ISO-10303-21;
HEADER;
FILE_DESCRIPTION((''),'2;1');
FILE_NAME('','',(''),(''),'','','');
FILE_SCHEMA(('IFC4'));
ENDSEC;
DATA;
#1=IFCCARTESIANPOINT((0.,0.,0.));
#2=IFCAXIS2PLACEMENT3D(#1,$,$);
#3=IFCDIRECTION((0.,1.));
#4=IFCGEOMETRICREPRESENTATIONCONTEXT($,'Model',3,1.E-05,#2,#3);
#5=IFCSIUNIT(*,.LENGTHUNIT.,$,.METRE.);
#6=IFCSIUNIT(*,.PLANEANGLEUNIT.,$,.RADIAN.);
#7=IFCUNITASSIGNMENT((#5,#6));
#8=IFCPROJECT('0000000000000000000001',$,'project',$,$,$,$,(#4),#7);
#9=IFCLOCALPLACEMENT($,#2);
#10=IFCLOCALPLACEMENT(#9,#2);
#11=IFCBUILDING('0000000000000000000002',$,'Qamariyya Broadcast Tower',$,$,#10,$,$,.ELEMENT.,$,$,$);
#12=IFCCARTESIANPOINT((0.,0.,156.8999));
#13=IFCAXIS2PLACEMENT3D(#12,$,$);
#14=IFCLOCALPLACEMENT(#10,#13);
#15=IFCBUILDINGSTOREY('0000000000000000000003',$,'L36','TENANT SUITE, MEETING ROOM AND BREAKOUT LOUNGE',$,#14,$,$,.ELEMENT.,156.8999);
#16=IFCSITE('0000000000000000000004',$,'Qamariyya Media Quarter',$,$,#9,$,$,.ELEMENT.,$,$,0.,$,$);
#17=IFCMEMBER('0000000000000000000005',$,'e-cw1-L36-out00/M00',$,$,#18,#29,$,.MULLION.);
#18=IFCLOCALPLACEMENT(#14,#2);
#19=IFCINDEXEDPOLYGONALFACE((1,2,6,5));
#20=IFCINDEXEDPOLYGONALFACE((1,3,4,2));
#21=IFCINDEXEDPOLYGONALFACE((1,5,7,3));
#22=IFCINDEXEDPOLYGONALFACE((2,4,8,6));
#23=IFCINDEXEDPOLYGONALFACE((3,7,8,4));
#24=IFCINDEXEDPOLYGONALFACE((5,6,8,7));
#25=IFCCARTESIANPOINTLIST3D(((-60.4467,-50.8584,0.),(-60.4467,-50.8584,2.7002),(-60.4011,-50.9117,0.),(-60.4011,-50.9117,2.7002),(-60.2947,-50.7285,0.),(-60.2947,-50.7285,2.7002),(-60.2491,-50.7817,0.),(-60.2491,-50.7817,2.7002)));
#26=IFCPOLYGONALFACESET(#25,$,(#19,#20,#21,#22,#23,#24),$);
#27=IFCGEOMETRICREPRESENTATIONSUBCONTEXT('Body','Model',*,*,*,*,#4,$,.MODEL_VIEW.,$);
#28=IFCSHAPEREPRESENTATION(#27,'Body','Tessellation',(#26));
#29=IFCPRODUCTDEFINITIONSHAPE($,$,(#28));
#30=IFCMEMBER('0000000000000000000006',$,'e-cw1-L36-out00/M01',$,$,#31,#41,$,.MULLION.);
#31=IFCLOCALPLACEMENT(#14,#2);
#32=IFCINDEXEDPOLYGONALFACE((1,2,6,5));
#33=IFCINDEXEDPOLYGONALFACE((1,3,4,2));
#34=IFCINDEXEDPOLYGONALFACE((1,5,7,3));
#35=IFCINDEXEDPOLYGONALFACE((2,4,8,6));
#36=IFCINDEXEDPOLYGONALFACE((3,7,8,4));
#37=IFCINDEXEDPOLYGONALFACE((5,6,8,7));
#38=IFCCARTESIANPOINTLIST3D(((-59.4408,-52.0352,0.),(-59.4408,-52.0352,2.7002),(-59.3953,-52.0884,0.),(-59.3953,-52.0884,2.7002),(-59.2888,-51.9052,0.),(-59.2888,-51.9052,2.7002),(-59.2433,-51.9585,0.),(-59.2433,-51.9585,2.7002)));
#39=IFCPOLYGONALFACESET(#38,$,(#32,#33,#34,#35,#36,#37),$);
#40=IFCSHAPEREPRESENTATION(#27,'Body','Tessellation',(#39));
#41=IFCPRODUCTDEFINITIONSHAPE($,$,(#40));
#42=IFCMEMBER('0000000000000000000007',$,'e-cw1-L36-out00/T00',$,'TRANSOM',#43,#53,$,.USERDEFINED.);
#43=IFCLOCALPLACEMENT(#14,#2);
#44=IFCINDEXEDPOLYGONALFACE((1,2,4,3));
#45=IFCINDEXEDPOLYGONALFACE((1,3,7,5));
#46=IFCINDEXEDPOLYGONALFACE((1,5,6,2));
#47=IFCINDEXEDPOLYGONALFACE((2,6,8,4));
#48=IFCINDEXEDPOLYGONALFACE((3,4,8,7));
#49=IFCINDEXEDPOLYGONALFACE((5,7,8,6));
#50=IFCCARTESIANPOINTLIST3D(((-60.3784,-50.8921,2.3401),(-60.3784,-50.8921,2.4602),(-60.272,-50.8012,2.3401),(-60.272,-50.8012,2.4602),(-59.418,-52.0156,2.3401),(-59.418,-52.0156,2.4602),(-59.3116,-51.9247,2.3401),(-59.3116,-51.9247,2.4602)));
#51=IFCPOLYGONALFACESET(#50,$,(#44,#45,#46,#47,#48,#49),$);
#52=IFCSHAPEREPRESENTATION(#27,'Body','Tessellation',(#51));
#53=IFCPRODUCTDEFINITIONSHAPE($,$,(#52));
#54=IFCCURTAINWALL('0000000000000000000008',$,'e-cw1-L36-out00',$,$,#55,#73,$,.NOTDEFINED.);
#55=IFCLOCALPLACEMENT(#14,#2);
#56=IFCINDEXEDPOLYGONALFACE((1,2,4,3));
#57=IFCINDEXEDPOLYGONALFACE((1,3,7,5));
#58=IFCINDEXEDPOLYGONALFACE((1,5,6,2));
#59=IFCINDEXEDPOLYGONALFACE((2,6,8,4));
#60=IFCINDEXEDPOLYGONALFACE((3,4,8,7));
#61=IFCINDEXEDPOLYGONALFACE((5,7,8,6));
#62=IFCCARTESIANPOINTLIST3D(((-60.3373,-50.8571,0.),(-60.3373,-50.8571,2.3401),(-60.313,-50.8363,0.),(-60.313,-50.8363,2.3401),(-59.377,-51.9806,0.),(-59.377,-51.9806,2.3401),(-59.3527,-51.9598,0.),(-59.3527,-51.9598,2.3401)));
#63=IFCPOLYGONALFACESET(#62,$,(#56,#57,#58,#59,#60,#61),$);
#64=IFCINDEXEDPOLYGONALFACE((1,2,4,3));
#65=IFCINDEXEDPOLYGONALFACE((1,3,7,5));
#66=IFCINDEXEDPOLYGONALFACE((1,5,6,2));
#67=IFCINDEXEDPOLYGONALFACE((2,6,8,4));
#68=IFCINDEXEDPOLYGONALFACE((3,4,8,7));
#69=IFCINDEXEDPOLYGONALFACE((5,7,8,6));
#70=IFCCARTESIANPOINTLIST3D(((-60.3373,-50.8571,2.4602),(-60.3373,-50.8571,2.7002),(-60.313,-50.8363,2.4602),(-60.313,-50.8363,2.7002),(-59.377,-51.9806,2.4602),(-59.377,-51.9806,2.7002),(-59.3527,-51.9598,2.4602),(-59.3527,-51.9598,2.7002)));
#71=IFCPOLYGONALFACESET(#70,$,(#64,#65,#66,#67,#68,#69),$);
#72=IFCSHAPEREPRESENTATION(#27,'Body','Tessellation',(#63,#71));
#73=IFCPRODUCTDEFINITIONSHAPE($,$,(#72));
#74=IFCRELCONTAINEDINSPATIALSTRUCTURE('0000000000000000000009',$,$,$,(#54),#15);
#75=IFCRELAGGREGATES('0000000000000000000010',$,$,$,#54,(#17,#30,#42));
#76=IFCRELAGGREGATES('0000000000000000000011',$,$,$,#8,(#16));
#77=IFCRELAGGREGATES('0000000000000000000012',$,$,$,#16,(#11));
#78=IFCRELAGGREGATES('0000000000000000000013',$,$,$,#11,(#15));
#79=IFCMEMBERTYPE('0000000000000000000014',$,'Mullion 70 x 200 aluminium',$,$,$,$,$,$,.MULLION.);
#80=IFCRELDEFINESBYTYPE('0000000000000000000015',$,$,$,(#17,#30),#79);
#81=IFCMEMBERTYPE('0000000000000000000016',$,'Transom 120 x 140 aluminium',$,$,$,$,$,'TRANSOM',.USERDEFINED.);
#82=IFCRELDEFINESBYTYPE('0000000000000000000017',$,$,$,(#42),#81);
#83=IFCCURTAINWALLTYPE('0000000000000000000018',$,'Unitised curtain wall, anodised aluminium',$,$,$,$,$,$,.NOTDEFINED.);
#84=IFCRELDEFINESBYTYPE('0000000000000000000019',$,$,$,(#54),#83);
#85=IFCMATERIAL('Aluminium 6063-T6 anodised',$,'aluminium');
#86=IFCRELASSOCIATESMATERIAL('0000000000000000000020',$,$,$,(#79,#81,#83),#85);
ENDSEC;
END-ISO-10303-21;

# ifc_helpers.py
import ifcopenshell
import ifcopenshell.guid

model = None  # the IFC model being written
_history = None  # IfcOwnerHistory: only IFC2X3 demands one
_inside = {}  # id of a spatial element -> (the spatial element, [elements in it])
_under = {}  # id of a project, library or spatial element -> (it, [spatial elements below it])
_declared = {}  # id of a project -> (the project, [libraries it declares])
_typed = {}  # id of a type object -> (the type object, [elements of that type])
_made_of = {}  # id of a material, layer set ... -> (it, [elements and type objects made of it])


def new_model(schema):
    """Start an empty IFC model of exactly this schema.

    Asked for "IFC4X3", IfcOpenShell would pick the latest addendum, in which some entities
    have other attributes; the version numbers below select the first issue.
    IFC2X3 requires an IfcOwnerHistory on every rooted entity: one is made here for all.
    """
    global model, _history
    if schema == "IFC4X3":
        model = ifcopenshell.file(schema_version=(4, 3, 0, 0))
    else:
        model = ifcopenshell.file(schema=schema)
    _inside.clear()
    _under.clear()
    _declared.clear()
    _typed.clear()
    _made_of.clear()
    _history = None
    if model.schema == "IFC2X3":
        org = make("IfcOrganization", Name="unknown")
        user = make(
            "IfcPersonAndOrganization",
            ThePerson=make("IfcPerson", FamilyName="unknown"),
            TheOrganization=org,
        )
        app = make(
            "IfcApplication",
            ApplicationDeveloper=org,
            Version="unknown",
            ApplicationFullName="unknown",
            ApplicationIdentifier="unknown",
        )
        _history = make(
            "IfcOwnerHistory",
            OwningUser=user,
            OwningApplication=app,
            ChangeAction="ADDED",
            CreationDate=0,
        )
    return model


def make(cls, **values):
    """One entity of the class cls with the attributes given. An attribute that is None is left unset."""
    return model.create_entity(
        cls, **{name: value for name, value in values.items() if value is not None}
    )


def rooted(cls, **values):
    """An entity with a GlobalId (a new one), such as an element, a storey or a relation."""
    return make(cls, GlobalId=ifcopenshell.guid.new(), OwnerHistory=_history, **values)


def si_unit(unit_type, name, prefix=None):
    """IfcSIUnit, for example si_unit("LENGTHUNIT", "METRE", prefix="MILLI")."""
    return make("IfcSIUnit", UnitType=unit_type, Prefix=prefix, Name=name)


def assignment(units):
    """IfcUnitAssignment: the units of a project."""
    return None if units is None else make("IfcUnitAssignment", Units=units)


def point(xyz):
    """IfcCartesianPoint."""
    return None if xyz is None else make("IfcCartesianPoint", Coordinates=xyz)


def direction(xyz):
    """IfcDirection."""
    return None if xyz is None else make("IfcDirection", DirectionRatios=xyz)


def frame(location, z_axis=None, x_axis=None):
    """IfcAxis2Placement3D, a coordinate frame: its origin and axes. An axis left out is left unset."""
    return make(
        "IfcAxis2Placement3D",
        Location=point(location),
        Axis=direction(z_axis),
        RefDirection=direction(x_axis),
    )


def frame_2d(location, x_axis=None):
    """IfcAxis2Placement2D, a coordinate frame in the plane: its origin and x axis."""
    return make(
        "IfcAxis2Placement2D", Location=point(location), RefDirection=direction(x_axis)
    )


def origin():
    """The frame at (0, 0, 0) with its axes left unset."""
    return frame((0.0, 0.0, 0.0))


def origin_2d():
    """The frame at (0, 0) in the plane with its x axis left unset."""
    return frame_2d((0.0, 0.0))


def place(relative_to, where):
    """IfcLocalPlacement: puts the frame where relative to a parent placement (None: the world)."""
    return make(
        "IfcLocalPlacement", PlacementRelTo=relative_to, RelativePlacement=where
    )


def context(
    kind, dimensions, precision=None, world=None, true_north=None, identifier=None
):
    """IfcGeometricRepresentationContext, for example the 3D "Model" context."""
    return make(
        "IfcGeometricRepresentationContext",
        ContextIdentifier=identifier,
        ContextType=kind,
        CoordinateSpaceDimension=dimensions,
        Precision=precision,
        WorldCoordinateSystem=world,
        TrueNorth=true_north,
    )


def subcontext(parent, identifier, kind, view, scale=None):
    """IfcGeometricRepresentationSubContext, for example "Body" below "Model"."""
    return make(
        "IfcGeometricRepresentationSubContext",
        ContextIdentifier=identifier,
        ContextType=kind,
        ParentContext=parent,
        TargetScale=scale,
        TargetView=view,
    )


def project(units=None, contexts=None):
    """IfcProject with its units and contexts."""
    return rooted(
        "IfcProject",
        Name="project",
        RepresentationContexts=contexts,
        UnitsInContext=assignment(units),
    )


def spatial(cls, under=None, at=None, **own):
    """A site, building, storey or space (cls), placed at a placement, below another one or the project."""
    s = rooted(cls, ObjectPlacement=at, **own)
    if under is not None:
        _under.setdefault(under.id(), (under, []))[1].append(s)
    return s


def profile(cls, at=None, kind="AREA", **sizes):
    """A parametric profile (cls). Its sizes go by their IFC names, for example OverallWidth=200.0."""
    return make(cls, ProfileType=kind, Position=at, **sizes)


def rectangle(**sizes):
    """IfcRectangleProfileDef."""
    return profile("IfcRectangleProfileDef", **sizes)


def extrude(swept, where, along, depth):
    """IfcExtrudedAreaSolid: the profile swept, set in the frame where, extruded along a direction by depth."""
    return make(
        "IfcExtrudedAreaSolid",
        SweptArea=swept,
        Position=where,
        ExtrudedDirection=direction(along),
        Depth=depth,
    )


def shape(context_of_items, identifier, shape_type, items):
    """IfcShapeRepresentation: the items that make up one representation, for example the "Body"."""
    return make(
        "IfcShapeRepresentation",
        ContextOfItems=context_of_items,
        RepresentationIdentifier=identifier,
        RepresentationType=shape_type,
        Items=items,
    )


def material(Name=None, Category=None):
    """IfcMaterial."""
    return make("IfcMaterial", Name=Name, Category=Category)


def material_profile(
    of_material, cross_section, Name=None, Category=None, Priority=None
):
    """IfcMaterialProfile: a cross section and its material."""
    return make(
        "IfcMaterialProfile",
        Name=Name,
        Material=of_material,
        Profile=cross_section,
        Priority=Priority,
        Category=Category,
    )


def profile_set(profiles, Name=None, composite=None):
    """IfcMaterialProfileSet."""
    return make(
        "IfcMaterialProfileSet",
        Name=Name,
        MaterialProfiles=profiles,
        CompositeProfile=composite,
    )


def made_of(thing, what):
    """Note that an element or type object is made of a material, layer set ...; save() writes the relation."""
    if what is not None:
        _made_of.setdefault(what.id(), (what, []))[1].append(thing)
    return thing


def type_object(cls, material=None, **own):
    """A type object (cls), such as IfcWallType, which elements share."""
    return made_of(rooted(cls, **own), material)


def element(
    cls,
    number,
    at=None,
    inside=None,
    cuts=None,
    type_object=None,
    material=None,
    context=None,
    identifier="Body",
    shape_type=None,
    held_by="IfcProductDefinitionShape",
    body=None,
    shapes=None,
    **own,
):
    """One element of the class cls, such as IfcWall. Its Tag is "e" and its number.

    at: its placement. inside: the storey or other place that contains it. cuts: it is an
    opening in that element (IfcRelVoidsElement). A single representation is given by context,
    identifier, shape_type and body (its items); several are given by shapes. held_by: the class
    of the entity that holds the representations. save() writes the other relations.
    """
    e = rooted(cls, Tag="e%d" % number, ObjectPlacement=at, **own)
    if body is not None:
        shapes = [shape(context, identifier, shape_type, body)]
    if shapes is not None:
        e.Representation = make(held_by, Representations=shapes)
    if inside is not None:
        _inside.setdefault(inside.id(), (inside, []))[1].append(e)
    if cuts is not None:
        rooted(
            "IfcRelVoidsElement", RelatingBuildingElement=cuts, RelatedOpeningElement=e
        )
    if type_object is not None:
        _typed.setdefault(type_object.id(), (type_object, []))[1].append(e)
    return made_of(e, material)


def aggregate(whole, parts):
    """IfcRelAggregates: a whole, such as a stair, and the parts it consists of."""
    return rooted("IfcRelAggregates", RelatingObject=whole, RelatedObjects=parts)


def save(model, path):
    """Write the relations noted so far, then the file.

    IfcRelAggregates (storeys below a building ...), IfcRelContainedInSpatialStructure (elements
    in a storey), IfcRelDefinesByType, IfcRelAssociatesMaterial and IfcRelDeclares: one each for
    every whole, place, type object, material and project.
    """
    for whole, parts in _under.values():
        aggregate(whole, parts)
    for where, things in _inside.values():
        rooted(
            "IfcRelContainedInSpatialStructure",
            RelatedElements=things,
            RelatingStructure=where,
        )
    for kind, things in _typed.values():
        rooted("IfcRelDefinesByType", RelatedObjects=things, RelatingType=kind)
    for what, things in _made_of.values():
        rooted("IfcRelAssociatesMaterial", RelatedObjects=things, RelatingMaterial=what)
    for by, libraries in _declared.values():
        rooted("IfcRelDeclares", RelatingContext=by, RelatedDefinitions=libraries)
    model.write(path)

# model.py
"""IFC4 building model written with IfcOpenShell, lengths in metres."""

from ifc_helpers import new_model, si_unit, direction, frame, origin, origin_2d, place, context, subcontext, project, spatial, rectangle, extrude, material, material_profile, profile_set, type_object, element, aggregate, save


model = new_model("IFC4")

# Units and contexts
model_context = context("Model", 3, precision=1e-05, world=origin(), true_north=direction((0.0, 1.0)))
body_context = subcontext(model_context, "Body", "Model", "MODEL_VIEW")
ifc_project = project(units=[si_unit("LENGTHUNIT", "METRE"), si_unit("PLANEANGLEUNIT", "RADIAN")], contexts=[model_context])

# Members
ifc_material_1 = material(Name="Aluminium 6063-T6 anodised", Category="aluminium")
ifc_material_profile_1 = material_profile(ifc_material_1, rectangle(XDim=0.2, YDim=0.0701, at=origin_2d()))
ifc_profile_set_1 = profile_set([ifc_material_profile_1], Name="Aluminium 6063-T6 anodised")
member_type_1 = type_object("IfcMemberType", Name="Mullion 70 x 200 aluminium", PredefinedType="MULLION", material=ifc_profile_set_1)
site_placement = place(None, origin())
building_placement = place(site_placement, origin())
storey_placement = place(building_placement, frame((0.0, 0.0, 156.8999)))
member_1_placement = place(storey_placement, frame((-60.3479, -50.8201, 0.0), z_axis=(0.0, 0.0, 1.0), x_axis=(0.760138, 0.649761, 0.0)))
member_1 = element("IfcMember", 1, at=member_1_placement, type_object=member_type_1, Name="e-cw1-L36-out00/M00", PredefinedType="MULLION", context=body_context, shape_type="SweptSolid", body=[
    extrude(rectangle(XDim=0.2, YDim=0.0701, at=origin_2d()), origin(), (0.0, 0.0, 1.0), 2.7002),
])
member_2_placement = place(storey_placement, frame((-59.342, -51.9968, 0.0), z_axis=(0.0, 0.0, 1.0), x_axis=(0.760138, 0.649761, 0.0)))
member_2 = element("IfcMember", 2, at=member_2_placement, type_object=member_type_1, Name="e-cw1-L36-out00/M01", PredefinedType="MULLION", context=body_context, shape_type="SweptSolid", body=[
    extrude(rectangle(XDim=0.2, YDim=0.0701, at=origin_2d()), origin(), (0.0, 0.0, 1.0), 2.7002),
])
ifc_material_profile_2 = material_profile(ifc_material_1, rectangle(XDim=0.1399, YDim=0.1201, at=origin_2d()))
ifc_profile_set_2 = profile_set([ifc_material_profile_2], Name="Aluminium 6063-T6 anodised")
member_type_2 = type_object("IfcMemberType", Name="Transom 120 x 140 aluminium", ElementType="TRANSOM", PredefinedType="USERDEFINED", material=ifc_profile_set_2)
member_3_placement = place(storey_placement, frame((-60.3252, -50.8467, 2.4001), z_axis=(0.649784, -0.760119, 0.0), x_axis=(0.760119, 0.649784, 0.0)))
member_3 = element("IfcMember", 3, at=member_3_placement, type_object=member_type_2, Name="e-cw1-L36-out00/T00", ObjectType="TRANSOM", PredefinedType="USERDEFINED", context=body_context, shape_type="SweptSolid", body=[
    extrude(rectangle(XDim=0.1399, YDim=0.1201, at=origin_2d()), origin(), (0.0, 0.0, 1.0), 1.478),
])

# Site, building, storey
site = spatial("IfcSite", under=ifc_project, at=site_placement, Name="Qamariyya Media Quarter", CompositionType="ELEMENT", RefElevation=0.0)
building = spatial("IfcBuilding", under=site, at=building_placement, Name="Qamariyya Broadcast Tower", CompositionType="ELEMENT")
storey = spatial("IfcBuildingStorey", under=building, at=storey_placement, Name="L36", Description="TENANT SUITE, MEETING ROOM AND BREAKOUT LOUNGE", CompositionType="ELEMENT", Elevation=156.8999)

# Curtain wall
curtain_wall_type = type_object("IfcCurtainWallType", Name="Unitised curtain wall, anodised aluminium", PredefinedType="NOTDEFINED", material=ifc_material_1)
curtain_wall_1_placement = place(storey_placement, origin())
curtain_wall_1 = element("IfcCurtainWall", 4, at=curtain_wall_1_placement, inside=storey, type_object=curtain_wall_type, Name="e-cw1-L36-out00", PredefinedType="NOTDEFINED", context=body_context, shape_type="SweptSolid", body=[
    extrude(rectangle(XDim=1.478, YDim=0.032, at=origin_2d()), frame((-59.845, -51.4084, 0.0), x_axis=(0.649722, -0.760172, 0.0)), (0.0, 0.0, 1.0), 2.3401),
    extrude(rectangle(XDim=1.478, YDim=0.032, at=origin_2d()), frame((-59.845, -51.4084, 2.4602), x_axis=(0.649722, -0.760172, 0.0)), (0.0, 0.0, 1.0), 0.24),
])
aggregate(curtain_wall_1, [member_1, member_2, member_3])

save(model, "model.ifc")
